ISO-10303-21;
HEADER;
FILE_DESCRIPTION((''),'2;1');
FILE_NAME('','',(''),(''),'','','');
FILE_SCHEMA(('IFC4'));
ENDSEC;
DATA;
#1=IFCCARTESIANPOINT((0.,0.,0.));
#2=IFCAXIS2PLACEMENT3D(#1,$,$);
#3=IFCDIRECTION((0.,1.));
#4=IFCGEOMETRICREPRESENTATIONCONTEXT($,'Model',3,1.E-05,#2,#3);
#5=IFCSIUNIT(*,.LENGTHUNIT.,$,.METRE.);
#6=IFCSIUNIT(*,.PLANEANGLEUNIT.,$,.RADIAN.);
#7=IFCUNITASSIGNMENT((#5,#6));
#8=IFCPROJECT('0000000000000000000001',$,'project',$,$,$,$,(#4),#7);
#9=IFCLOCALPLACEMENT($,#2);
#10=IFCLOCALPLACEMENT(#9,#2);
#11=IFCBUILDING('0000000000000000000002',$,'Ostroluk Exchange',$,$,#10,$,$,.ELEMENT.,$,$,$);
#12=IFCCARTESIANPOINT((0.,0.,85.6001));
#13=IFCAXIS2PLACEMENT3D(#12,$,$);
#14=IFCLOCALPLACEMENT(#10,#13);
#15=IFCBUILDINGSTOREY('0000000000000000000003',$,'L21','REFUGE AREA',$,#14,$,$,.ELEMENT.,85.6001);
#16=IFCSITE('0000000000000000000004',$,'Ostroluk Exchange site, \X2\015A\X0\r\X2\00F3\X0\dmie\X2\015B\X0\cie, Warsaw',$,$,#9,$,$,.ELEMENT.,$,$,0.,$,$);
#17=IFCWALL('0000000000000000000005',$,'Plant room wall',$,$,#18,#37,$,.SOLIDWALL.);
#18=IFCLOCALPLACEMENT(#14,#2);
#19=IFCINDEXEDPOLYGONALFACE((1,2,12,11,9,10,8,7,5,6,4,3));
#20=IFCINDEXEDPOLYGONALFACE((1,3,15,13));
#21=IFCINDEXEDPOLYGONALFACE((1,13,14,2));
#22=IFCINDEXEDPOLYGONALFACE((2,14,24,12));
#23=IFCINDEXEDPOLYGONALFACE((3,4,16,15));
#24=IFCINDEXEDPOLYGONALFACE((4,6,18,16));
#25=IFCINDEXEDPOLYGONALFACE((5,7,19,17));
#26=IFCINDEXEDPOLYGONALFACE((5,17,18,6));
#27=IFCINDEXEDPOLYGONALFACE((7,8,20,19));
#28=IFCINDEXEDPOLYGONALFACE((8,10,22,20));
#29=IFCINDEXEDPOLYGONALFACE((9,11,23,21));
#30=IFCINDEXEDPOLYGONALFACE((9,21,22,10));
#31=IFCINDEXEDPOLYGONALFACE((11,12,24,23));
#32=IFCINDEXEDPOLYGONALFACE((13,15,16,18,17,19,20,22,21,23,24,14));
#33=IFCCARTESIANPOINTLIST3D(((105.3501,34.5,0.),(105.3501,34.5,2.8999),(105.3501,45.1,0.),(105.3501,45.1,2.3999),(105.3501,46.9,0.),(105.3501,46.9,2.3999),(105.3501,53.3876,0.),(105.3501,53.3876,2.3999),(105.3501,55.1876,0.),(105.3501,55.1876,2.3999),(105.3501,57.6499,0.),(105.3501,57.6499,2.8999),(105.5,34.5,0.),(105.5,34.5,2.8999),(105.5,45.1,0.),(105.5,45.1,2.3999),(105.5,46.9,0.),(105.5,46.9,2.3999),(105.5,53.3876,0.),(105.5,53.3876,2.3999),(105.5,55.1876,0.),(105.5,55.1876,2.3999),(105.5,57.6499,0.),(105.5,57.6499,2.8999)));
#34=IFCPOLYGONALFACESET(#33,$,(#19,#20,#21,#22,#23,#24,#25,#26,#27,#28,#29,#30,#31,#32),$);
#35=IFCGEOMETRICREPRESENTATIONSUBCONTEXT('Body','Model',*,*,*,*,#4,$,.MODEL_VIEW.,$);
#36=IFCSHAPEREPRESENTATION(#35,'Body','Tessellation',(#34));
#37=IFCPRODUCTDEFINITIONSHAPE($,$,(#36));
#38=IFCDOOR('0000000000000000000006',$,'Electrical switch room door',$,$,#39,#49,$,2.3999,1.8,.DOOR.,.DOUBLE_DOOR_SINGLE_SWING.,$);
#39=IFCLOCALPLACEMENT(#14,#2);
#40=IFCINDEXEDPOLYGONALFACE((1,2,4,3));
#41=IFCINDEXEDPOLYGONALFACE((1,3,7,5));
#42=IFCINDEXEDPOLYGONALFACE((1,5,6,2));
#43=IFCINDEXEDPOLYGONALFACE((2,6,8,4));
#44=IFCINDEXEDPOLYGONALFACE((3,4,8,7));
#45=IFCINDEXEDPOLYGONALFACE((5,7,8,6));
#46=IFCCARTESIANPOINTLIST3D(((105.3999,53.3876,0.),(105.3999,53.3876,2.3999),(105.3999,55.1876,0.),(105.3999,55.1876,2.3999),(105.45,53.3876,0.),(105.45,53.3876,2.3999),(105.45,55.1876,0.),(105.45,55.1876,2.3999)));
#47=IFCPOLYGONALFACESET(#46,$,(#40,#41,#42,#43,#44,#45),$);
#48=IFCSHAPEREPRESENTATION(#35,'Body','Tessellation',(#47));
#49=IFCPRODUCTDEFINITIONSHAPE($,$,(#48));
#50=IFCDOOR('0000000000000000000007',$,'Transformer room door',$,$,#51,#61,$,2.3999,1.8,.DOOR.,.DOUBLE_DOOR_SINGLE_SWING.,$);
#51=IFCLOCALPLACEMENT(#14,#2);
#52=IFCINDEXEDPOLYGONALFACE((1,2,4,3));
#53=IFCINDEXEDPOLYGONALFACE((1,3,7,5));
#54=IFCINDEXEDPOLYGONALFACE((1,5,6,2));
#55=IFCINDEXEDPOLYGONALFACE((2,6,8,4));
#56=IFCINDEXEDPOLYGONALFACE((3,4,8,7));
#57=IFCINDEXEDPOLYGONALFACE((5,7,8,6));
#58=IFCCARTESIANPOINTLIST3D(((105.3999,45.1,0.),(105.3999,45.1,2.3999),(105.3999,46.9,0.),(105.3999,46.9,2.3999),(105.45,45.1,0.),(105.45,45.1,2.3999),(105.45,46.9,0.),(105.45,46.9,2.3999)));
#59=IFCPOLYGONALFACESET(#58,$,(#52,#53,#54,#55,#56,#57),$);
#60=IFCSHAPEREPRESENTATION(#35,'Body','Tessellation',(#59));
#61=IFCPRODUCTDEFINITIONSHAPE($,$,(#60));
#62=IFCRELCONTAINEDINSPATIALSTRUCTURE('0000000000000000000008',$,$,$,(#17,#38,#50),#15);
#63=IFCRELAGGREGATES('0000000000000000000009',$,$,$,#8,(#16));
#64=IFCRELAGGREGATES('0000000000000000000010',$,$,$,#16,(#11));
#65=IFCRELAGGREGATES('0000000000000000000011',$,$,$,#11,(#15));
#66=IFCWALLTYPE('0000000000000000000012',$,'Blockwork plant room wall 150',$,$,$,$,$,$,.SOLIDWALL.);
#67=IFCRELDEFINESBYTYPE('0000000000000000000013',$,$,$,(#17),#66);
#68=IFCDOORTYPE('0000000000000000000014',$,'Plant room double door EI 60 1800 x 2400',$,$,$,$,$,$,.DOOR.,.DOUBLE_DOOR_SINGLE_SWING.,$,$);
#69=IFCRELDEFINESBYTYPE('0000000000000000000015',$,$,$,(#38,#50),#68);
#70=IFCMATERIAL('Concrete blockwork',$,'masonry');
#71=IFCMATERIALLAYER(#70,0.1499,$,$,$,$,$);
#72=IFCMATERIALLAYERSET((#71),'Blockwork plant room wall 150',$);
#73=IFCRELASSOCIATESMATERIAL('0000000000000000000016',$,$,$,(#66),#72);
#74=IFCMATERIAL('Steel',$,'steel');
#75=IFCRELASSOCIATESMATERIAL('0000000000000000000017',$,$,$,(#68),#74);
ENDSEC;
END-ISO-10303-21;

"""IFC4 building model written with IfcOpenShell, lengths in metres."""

from ifc_helpers import new_model, si_unit, direction, frame, frame_2d, origin, place, context, subcontext, project, spatial, rectangle, extrude, material, layer, layer_set, type_object, element, fill, save


model = new_model("IFC4")

# Units and contexts
model_context = context("Model", 3, precision=1e-05, world=origin(), true_north=direction((0.0, 1.0)))
body_context = subcontext(model_context, "Body", "Model", "MODEL_VIEW")
ifc_project = project(units=[si_unit("LENGTHUNIT", "METRE"), si_unit("PLANEANGLEUNIT", "RADIAN")], contexts=[model_context])

# Site, building, storey
site_placement = place(None, origin())
site = spatial("IfcSite", under=ifc_project, at=site_placement, Name="Ostroluk Exchange site, Śródmieście, Warsaw", CompositionType="ELEMENT", RefElevation=0.0)
building_placement = place(site_placement, origin())
building = spatial("IfcBuilding", under=site, at=building_placement, Name="Ostroluk Exchange", CompositionType="ELEMENT")
storey_placement = place(building_placement, frame((0.0, 0.0, 85.6001)))
storey = spatial("IfcBuildingStorey", under=building, at=storey_placement, Name="L21", Description="REFUGE AREA", CompositionType="ELEMENT", Elevation=85.6001)

# Shared definitions
ifc_material_1 = material(Name="Concrete blockwork", Category="masonry")
ifc_layer_1 = layer(ifc_material_1, 0.1499)
ifc_layer_set_1 = layer_set([ifc_layer_1], Name="Blockwork plant room wall 150")
wall_type = type_object("IfcWallType", Name="Blockwork plant room wall 150", PredefinedType="SOLIDWALL", material=ifc_layer_set_1)

# Wall, openings, doors
wall_1_placement = place(storey_placement, frame((105.425, 57.6499, 0.0), z_axis=(0.0, 0.0, 1.0), x_axis=(0.0, -1.0, 0.0)))
wall_1 = element("IfcWall", 1, at=wall_1_placement, inside=storey, type_object=wall_type, Name="Plant room wall", PredefinedType="SOLIDWALL", context=body_context, shape_type="SweptSolid", body=[
    extrude(rectangle(XDim=23.1499, YDim=0.1499, at=frame_2d((11.575, 0.0))), origin(), (0.0, 0.0, 1.0), 2.8999),
])
opening_1_placement = place(wall_1_placement, frame((2.4624, 0.0, 0.0)))
opening_1 = element("IfcOpeningElement", 2, at=opening_1_placement, cuts=wall_1, PredefinedType="OPENING", context=body_context, shape_type="SweptSolid", body=[
    extrude(rectangle(XDim=1.8, YDim=2.3999, at=frame_2d((0.8999, 1.2))), frame((0.0, 0.085, 0.0), z_axis=(0.0, -1.0, 0.0), x_axis=(1.0, 0.0, 0.0)), (0.0, 0.0, 1.0), 0.1699),
])
opening_2_placement = place(wall_1_placement, frame((10.75, 0.0, 0.0)))
opening_2 = element("IfcOpeningElement", 3, at=opening_2_placement, cuts=wall_1, PredefinedType="OPENING", context=body_context, shape_type="SweptSolid", body=[
    extrude(rectangle(XDim=1.8, YDim=2.3999, at=frame_2d((0.8999, 1.2))), frame((0.0, 0.085, 0.0), z_axis=(0.0, -1.0, 0.0), x_axis=(1.0, 0.0, 0.0)), (0.0, 0.0, 1.0), 0.1699),
])
ifc_material_2 = material(Name="Steel", Category="steel")
door_type = type_object("IfcDoorType", Name="Plant room double door EI 60 1800 x 2400", OperationType="DOUBLE_DOOR_SINGLE_SWING", PredefinedType="DOOR", material=ifc_material_2)
door_1_placement = place(opening_1_placement, origin())
door_1 = element("IfcDoor", 4, at=door_1_placement, inside=storey, type_object=door_type, Name="Electrical switch room door", OperationType="DOUBLE_DOOR_SINGLE_SWING", OverallHeight=2.3999, OverallWidth=1.8, PredefinedType="DOOR", context=body_context, shape_type="SweptSolid", body=[
    extrude(rectangle(XDim=1.8, YDim=2.3999, at=frame_2d((0.8999, 1.2))), frame((0.0, 0.0249, 0.0), z_axis=(0.0, -1.0, 0.0), x_axis=(1.0, 0.0, 0.0)), (0.0, 0.0, 1.0), 0.05),
])
fill(opening_1, door_1)
door_2_placement = place(opening_2_placement, origin())
door_2 = element("IfcDoor", 5, at=door_2_placement, inside=storey, type_object=door_type, Name="Transformer room door", OperationType="DOUBLE_DOOR_SINGLE_SWING", OverallHeight=2.3999, OverallWidth=1.8, PredefinedType="DOOR", context=body_context, shape_type="SweptSolid", body=[
    extrude(rectangle(XDim=1.8, YDim=2.3999, at=frame_2d((0.8999, 1.2))), frame((0.0, 0.0249, 0.0), z_axis=(0.0, -1.0, 0.0), x_axis=(1.0, 0.0, 0.0)), (0.0, 0.0, 1.0), 0.05),
])
fill(opening_2, door_2)

save(model, "model.ifc")
